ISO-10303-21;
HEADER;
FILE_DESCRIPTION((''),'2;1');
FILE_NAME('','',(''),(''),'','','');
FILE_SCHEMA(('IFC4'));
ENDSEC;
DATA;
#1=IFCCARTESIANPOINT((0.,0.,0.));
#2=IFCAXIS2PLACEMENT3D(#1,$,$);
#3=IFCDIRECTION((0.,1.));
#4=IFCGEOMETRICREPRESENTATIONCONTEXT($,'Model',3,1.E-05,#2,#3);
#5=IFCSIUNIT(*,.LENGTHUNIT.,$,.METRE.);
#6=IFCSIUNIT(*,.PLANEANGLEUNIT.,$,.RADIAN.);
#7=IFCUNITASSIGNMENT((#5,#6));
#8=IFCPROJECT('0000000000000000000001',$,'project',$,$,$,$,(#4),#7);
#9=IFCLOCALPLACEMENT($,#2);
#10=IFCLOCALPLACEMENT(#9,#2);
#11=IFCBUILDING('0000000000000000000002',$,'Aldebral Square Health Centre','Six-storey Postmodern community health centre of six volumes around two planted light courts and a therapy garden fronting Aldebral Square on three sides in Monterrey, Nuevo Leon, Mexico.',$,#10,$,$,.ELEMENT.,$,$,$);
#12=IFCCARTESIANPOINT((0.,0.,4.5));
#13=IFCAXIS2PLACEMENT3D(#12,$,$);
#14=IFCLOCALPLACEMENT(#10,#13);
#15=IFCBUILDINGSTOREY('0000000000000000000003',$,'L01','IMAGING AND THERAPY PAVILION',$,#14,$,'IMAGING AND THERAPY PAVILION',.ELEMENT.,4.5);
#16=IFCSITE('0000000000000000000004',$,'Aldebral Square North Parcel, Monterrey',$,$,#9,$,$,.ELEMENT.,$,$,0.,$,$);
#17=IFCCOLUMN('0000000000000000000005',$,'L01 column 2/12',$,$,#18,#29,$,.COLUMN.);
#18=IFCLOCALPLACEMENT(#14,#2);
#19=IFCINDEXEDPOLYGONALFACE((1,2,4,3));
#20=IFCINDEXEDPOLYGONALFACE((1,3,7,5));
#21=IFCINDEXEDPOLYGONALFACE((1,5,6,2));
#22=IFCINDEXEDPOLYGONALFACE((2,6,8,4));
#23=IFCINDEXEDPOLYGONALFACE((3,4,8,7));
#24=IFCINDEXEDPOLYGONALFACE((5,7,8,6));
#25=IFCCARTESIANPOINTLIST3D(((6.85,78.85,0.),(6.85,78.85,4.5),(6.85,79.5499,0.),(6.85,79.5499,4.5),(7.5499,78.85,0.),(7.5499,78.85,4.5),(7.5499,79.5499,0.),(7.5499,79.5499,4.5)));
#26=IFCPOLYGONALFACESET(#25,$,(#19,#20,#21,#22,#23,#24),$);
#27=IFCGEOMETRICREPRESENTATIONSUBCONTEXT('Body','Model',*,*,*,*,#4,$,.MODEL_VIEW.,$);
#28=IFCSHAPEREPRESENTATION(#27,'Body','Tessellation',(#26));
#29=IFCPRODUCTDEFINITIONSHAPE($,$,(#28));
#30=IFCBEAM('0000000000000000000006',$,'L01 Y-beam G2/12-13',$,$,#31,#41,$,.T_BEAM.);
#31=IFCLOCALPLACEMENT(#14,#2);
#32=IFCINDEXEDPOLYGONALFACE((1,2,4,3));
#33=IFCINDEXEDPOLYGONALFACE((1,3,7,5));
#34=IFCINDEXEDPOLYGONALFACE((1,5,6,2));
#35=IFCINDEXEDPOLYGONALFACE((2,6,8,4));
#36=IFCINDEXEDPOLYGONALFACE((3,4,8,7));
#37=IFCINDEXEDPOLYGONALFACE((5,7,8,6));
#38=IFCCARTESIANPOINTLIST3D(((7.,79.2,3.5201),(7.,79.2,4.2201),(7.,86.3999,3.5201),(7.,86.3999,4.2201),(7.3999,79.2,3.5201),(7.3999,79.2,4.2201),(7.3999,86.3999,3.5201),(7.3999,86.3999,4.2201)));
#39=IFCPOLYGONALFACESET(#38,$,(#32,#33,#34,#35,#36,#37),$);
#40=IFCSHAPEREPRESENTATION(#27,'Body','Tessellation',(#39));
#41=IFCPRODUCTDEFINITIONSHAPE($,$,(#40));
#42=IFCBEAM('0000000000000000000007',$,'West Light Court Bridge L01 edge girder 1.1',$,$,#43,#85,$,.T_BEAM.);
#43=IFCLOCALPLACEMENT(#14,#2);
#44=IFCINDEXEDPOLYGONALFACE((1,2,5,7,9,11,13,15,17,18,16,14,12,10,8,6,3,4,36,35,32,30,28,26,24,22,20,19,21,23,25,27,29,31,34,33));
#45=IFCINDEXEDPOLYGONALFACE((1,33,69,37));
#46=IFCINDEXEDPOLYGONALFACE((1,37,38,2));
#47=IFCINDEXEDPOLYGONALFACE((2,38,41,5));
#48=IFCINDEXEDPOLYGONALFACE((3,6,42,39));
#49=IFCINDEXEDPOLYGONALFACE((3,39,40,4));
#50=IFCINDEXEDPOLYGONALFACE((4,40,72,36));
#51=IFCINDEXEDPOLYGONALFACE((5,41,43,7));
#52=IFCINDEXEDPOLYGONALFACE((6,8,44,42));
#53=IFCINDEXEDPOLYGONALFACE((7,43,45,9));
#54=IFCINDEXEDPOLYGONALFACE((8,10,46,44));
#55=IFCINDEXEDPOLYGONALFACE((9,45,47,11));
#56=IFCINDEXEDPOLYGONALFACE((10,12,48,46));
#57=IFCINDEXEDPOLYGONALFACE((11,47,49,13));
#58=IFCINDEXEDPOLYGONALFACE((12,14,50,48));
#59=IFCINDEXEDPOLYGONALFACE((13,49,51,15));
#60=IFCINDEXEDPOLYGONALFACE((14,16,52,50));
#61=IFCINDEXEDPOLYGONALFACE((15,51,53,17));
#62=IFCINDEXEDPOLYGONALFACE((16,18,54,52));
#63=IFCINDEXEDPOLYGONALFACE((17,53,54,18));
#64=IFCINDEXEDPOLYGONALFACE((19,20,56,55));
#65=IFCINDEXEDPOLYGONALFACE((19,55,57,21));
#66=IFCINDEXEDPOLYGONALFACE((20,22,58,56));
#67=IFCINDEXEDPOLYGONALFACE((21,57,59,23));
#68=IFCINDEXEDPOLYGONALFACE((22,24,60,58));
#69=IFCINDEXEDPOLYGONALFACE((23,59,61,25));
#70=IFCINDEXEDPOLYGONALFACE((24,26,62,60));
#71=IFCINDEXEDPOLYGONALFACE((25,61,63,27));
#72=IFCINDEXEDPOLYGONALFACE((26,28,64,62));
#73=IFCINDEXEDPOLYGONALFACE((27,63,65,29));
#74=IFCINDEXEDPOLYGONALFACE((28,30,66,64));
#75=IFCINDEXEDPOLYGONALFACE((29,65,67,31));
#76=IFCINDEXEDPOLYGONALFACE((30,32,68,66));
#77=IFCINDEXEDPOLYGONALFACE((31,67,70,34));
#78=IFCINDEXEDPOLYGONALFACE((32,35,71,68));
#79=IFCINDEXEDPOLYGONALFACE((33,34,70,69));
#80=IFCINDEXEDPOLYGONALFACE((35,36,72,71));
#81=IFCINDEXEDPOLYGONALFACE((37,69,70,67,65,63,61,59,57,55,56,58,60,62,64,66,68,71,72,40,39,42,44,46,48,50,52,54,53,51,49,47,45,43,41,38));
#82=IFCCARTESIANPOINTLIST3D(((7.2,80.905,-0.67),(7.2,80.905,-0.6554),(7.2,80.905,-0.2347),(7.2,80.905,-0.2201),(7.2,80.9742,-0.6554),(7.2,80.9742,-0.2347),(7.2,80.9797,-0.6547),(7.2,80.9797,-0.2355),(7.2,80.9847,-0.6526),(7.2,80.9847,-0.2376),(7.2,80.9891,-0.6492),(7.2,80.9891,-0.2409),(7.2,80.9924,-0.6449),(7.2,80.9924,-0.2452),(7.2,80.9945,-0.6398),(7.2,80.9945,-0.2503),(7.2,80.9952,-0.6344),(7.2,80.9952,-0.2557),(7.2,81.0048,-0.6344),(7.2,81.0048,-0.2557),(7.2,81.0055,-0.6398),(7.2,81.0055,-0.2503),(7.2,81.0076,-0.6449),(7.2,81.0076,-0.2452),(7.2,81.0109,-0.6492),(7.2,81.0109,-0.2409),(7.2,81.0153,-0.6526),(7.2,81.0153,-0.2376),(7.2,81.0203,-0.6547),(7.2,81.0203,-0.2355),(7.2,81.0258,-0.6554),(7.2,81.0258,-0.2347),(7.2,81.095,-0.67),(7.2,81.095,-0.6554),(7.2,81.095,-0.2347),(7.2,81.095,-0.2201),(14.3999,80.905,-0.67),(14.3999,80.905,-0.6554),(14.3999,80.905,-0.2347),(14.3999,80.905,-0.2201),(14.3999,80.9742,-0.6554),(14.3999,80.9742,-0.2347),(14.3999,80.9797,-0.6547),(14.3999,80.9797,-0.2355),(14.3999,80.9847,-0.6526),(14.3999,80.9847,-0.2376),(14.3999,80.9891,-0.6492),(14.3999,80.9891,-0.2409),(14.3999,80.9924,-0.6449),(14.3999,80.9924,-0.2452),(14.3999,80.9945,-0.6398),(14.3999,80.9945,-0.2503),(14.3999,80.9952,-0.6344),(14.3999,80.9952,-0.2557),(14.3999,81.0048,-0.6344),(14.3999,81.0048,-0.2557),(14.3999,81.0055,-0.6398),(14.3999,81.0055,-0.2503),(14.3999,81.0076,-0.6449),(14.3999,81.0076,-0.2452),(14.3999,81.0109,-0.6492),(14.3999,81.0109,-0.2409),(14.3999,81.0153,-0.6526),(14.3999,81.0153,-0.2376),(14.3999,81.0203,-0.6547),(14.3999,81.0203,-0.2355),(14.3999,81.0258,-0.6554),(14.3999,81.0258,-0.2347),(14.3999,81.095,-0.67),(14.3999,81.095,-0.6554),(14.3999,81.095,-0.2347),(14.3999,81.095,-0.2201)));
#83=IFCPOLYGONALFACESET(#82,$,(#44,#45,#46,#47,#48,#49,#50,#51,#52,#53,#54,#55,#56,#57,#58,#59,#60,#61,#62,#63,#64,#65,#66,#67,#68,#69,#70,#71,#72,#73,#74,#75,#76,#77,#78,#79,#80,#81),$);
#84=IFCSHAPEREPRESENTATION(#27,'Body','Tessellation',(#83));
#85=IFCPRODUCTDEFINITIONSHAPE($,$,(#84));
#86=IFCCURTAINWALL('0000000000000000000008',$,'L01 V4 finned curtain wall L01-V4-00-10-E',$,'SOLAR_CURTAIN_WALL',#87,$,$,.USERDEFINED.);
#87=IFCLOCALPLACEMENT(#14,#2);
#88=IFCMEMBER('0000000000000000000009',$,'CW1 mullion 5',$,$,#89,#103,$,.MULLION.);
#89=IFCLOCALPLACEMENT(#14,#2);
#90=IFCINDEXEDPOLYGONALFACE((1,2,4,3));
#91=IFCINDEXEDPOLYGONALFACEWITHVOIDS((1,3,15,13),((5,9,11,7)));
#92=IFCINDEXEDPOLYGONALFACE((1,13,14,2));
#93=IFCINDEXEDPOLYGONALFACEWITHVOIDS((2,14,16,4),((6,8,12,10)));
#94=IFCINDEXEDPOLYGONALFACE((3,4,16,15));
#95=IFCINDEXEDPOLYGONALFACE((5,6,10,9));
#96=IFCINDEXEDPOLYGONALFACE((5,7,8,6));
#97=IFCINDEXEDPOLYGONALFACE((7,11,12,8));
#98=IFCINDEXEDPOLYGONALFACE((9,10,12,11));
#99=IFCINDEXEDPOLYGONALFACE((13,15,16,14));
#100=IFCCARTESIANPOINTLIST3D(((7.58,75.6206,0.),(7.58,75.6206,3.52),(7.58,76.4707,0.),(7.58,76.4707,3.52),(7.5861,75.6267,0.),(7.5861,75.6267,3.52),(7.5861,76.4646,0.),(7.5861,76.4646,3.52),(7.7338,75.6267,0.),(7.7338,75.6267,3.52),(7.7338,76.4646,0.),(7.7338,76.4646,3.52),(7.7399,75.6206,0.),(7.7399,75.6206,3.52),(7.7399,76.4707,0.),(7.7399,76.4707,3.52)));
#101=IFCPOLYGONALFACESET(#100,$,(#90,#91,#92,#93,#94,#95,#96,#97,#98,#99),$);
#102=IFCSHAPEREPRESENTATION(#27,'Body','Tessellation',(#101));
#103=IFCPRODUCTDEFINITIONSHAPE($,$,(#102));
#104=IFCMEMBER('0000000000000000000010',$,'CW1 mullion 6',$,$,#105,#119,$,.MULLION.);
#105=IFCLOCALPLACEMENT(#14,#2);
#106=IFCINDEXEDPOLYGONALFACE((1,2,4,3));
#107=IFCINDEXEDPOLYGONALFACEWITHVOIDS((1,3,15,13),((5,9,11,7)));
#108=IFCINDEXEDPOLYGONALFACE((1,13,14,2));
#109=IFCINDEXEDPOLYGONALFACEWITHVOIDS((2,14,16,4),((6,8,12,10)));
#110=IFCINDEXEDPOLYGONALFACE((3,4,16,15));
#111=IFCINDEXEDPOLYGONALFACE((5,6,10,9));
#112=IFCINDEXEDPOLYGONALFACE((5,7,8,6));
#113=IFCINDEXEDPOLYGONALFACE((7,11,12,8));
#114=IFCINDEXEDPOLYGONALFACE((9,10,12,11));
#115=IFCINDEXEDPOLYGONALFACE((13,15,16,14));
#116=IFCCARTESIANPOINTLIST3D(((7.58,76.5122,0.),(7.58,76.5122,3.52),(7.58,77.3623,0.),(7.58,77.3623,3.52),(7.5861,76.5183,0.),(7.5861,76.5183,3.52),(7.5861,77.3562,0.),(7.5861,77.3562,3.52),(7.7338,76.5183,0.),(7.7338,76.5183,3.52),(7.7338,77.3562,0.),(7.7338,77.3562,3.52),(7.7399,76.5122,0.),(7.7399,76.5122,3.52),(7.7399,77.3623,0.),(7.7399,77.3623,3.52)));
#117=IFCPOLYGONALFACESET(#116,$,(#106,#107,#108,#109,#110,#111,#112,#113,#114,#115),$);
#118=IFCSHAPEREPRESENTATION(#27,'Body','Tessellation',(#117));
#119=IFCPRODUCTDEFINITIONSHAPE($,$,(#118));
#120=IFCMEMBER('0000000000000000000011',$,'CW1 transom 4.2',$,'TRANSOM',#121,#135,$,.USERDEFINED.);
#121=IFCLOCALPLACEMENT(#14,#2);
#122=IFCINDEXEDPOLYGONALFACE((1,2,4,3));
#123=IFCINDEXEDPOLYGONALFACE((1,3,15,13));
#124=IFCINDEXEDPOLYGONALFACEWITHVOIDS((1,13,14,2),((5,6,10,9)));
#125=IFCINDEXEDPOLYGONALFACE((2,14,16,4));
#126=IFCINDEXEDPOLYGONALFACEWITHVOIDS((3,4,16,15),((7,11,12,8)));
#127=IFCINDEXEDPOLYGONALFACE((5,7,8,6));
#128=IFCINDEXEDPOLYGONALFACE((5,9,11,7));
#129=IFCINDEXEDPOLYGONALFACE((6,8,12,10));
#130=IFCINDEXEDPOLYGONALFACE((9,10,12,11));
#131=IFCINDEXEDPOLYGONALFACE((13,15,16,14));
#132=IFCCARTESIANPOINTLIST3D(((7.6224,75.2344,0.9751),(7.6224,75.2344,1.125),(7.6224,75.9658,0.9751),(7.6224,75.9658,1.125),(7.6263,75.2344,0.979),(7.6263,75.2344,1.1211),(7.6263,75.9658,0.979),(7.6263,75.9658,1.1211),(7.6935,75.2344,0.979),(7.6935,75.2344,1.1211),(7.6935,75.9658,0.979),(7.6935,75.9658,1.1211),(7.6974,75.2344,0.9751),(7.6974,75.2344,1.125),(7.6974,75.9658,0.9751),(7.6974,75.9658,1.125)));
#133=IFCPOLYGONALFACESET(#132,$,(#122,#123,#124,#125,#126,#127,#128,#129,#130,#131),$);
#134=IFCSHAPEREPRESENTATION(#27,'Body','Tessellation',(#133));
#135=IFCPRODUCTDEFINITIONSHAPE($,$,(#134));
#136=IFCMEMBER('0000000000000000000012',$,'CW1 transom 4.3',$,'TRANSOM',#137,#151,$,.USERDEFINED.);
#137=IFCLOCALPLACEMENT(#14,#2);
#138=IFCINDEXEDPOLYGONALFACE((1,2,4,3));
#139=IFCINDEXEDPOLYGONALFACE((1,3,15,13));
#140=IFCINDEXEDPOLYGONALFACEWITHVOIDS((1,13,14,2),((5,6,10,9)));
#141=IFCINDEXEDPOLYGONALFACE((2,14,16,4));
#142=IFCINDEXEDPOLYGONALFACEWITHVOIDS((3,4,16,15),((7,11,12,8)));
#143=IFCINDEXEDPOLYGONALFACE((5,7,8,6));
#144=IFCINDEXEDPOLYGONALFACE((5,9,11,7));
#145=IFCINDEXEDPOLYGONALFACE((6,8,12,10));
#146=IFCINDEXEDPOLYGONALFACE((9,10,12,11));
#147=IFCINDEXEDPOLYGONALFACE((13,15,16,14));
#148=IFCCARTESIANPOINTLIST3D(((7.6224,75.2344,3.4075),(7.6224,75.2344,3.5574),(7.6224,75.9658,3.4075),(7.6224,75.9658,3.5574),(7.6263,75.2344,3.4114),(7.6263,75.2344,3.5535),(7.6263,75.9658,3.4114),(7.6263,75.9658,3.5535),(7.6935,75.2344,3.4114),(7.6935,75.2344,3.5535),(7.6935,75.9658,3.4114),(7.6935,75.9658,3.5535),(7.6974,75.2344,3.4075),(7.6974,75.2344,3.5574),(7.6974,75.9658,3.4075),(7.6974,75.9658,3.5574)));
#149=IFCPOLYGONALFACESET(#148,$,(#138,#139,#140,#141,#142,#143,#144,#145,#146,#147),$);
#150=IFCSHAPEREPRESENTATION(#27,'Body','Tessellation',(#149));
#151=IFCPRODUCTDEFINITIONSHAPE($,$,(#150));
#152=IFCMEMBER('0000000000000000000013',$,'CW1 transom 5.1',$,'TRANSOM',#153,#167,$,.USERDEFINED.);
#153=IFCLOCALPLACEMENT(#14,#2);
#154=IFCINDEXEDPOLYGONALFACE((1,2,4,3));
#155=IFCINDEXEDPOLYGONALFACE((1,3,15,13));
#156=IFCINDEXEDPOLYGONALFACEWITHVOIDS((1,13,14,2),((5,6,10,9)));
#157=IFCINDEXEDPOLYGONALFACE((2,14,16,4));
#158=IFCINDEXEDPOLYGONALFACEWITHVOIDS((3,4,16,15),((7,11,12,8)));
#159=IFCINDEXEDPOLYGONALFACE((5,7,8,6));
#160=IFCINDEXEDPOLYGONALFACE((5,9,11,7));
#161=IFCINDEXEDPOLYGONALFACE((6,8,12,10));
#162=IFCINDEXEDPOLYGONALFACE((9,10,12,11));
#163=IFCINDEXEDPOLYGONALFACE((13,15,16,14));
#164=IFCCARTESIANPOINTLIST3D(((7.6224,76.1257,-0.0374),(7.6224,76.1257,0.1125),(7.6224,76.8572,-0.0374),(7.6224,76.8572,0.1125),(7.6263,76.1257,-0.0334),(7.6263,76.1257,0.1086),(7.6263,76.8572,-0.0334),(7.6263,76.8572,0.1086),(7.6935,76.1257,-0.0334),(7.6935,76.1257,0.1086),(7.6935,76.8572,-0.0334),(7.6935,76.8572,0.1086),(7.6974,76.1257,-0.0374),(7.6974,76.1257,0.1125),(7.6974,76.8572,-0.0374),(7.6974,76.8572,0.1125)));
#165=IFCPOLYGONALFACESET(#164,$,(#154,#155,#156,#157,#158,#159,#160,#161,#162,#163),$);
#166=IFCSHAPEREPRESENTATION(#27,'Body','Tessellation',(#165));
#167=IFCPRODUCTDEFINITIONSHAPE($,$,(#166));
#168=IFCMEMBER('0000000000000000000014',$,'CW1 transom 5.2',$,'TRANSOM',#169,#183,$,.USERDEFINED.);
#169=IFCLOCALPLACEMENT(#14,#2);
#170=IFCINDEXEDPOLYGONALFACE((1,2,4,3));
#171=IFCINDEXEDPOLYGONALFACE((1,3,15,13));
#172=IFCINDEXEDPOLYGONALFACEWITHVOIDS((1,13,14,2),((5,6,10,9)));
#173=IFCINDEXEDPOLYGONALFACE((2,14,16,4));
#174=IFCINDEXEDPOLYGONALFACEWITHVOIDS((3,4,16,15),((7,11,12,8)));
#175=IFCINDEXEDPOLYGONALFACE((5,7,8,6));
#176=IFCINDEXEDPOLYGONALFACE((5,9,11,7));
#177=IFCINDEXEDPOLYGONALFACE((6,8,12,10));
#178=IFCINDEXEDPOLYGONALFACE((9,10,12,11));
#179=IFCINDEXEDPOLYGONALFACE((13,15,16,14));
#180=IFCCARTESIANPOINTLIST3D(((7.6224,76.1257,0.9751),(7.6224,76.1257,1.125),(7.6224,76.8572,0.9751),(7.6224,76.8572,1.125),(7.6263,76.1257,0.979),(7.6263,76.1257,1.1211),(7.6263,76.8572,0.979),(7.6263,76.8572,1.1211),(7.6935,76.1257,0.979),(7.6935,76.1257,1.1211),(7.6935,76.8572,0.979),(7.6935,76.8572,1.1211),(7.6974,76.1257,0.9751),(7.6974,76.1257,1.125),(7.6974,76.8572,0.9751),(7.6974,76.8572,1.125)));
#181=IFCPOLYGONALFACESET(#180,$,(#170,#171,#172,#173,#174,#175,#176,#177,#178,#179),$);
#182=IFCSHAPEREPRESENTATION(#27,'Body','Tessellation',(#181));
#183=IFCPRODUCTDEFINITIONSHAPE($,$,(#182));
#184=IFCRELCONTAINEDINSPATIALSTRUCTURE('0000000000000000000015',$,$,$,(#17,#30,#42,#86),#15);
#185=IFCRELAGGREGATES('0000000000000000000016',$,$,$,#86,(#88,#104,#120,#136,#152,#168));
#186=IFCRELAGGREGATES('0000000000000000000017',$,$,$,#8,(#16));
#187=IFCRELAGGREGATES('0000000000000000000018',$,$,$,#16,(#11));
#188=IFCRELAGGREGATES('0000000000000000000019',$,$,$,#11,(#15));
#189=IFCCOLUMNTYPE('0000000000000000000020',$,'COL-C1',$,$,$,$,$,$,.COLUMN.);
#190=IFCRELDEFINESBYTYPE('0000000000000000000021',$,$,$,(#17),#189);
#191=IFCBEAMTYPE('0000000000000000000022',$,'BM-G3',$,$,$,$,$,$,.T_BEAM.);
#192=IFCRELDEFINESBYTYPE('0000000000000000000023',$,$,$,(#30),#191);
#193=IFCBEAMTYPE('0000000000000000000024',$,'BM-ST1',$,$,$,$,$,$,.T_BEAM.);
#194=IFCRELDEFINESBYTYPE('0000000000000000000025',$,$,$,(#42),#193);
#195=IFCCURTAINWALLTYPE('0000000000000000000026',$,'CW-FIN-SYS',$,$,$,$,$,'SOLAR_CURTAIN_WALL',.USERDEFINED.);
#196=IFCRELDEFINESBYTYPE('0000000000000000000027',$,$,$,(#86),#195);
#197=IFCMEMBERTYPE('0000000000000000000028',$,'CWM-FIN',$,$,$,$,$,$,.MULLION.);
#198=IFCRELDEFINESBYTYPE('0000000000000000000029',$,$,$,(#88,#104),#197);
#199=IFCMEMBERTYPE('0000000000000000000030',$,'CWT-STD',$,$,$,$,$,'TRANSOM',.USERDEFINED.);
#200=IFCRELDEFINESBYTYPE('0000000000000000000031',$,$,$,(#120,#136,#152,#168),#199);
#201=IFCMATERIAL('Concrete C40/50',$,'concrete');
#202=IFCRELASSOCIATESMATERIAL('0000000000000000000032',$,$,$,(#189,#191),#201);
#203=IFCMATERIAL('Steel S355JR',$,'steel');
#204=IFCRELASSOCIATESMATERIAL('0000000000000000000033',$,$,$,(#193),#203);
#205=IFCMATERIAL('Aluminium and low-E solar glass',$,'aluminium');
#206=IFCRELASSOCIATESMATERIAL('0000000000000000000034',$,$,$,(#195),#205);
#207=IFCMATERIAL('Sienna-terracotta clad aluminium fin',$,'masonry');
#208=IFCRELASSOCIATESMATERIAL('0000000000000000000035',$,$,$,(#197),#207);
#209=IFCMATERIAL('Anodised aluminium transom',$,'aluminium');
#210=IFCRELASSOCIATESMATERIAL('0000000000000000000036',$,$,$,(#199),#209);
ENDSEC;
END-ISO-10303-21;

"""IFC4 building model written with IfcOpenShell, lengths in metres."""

from ifc_helpers import new_model, si_unit, direction, frame, origin, origin_2d, place, context, subcontext, project, spatial, rectangle, hollow_rectangle, i_section, extrude, material, material_profile, profile_set, type_object, element, aggregate, save


model = new_model("IFC4")

# Units and contexts
model_context = context("Model", 3, precision=1e-05, world=origin(), true_north=direction((0.0, 1.0)))
body_context = subcontext(model_context, "Body", "Model", "MODEL_VIEW")
ifc_project = project(units=[si_unit("LENGTHUNIT", "METRE"), si_unit("PLANEANGLEUNIT", "RADIAN")], contexts=[model_context])

# Site, building, storey
site_placement = place(None, origin())
site = spatial("IfcSite", under=ifc_project, at=site_placement, Name="Aldebral Square North Parcel, Monterrey", CompositionType="ELEMENT", RefElevation=0.0)
building_placement = place(site_placement, origin())
building = spatial("IfcBuilding", under=site, at=building_placement, Name="Aldebral Square Health Centre", Description="Six-storey Postmodern community health centre of six volumes around two planted light courts and a therapy garden fronting Aldebral Square on three sides in Monterrey, Nuevo Leon, Mexico.", CompositionType="ELEMENT")
storey_placement = place(building_placement, frame((0.0, 0.0, 4.5)))
storey = spatial("IfcBuildingStorey", under=building, at=storey_placement, Name="L01", Description="IMAGING AND THERAPY PAVILION", LongName="IMAGING AND THERAPY PAVILION", CompositionType="ELEMENT", Elevation=4.5)

# Column
ifc_material_1 = material(Name="Concrete C40/50", Category="concrete")
ifc_material_profile_1 = material_profile(ifc_material_1, rectangle(XDim=0.7, YDim=0.7, at=origin_2d()), Name="RC 700x700")
ifc_profile_set_1 = profile_set([ifc_material_profile_1], Name="Concrete C40/50")
column_type = type_object("IfcColumnType", Name="COL-C1", PredefinedType="COLUMN", material=ifc_profile_set_1)
column_placement = place(storey_placement, frame((7.2, 79.2, 0.0), z_axis=(0.0, 0.0, 1.0), x_axis=(1.0, 0.0, 0.0)))
element("IfcColumn", 1, at=column_placement, inside=storey, type_object=column_type, Name="L01 column 2/12", PredefinedType="COLUMN", context=body_context, shape_type="SweptSolid", body=[
    extrude(rectangle(XDim=0.7, YDim=0.7, at=origin_2d()), origin(), (0.0, 0.0, 1.0), 4.5),
])

# Beams
ifc_material_profile_2 = material_profile(ifc_material_1, rectangle(XDim=0.3999, YDim=0.7, at=origin_2d()), Name="RC 400x700")
ifc_profile_set_2 = profile_set([ifc_material_profile_2], Name="Concrete C40/50")
beam_type_1 = type_object("IfcBeamType", Name="BM-G3", PredefinedType="T_BEAM", material=ifc_profile_set_2)
beam_1_placement = place(storey_placement, frame((7.2, 79.2, 3.8701), z_axis=(0.0, 1.0, 0.0), x_axis=(-1.0, 0.0, 0.0)))
element("IfcBeam", 2, at=beam_1_placement, inside=storey, type_object=beam_type_1, Name="L01 Y-beam G2/12-13", PredefinedType="T_BEAM", context=body_context, shape_type="SweptSolid", body=[
    extrude(rectangle(XDim=0.3999, YDim=0.7, at=origin_2d()), origin(), (0.0, 0.0, 1.0), 7.2),
])
ifc_material_2 = material(Name="Steel S355JR", Category="steel")
ifc_material_profile_3 = material_profile(ifc_material_2, i_section(OverallWidth=0.1899, OverallDepth=0.45, WebThickness=0.0095, FlangeThickness=0.0146, FilletRadius=0.021, at=origin_2d()), Name="IPE 450")
ifc_profile_set_3 = profile_set([ifc_material_profile_3], Name="Steel S355JR")
beam_type_2 = type_object("IfcBeamType", Name="BM-ST1", PredefinedType="T_BEAM", material=ifc_profile_set_3)
beam_2_placement = place(storey_placement, frame((7.2, 81.0, -0.4451), z_axis=(1.0, 0.0, 0.0), x_axis=(0.0, 1.0, 0.0)))
element("IfcBeam", 3, at=beam_2_placement, inside=storey, type_object=beam_type_2, Name="West Light Court Bridge L01 edge girder 1.1", PredefinedType="T_BEAM", context=body_context, shape_type="SweptSolid", body=[
    extrude(i_section(OverallWidth=0.1899, OverallDepth=0.45, WebThickness=0.0095, FlangeThickness=0.0146, FilletRadius=0.021, at=origin_2d()), origin(), (0.0, 0.0, 1.0), 7.2),
])

# Curtain wall, members
ifc_material_3 = material(Name="Aluminium and low-E solar glass", Category="aluminium")
curtain_wall_type = type_object("IfcCurtainWallType", Name="CW-FIN-SYS", ElementType="SOLAR_CURTAIN_WALL", PredefinedType="USERDEFINED", material=ifc_material_3)
curtain_wall_placement = place(storey_placement, origin())
curtain_wall = element("IfcCurtainWall", 4, at=curtain_wall_placement, inside=storey, type_object=curtain_wall_type, Name="L01 V4 finned curtain wall L01-V4-00-10-E", ObjectType="SOLAR_CURTAIN_WALL", PredefinedType="USERDEFINED")
ifc_material_4 = material(Name="Sienna-terracotta clad aluminium fin", Category="masonry")
ifc_material_profile_4 = material_profile(ifc_material_4, hollow_rectangle(XDim=0.1599, YDim=0.8501, WallThickness=0.0061, at=origin_2d()), Name="FIN 160x850x6")
ifc_profile_set_4 = profile_set([ifc_material_profile_4], Name="Sienna-terracotta clad aluminium fin")
member_type_1 = type_object("IfcMemberType", Name="CWM-FIN", PredefinedType="MULLION", material=ifc_profile_set_4)
member_1_placement = place(storey_placement, frame((7.6599, 76.0457, 0.0), z_axis=(0.0, 0.0, 1.0), x_axis=(-1.0, 0.0, 0.0)))
member_1 = element("IfcMember", 5, at=member_1_placement, type_object=member_type_1, Name="CW1 mullion 5", PredefinedType="MULLION", context=body_context, shape_type="SweptSolid", body=[
    extrude(hollow_rectangle(XDim=0.1599, YDim=0.8501, WallThickness=0.0061, at=origin_2d()), origin(), (0.0, 0.0, 1.0), 3.52),
])
member_2_placement = place(storey_placement, frame((7.6599, 76.9373, 0.0), z_axis=(0.0, 0.0, 1.0), x_axis=(-1.0, 0.0, 0.0)))
member_2 = element("IfcMember", 6, at=member_2_placement, type_object=member_type_1, Name="CW1 mullion 6", PredefinedType="MULLION", context=body_context, shape_type="SweptSolid", body=[
    extrude(hollow_rectangle(XDim=0.1599, YDim=0.8501, WallThickness=0.0061, at=origin_2d()), origin(), (0.0, 0.0, 1.0), 3.52),
])
ifc_material_5 = material(Name="Anodised aluminium transom", Category="aluminium")
ifc_material_profile_5 = material_profile(ifc_material_5, hollow_rectangle(XDim=0.075, YDim=0.1499, WallThickness=0.0039, at=origin_2d()), Name="CWT 75x150x4")
ifc_profile_set_5 = profile_set([ifc_material_profile_5], Name="Anodised aluminium transom")
member_type_2 = type_object("IfcMemberType", Name="CWT-STD", ElementType="TRANSOM", PredefinedType="USERDEFINED", material=ifc_profile_set_5)
member_3_placement = place(storey_placement, frame((7.6599, 75.2344, 1.05), z_axis=(0.0, 1.0, 0.0), x_axis=(-1.0, 0.0, 0.0)))
member_3 = element("IfcMember", 7, at=member_3_placement, type_object=member_type_2, Name="CW1 transom 4.2", ObjectType="TRANSOM", PredefinedType="USERDEFINED", context=body_context, shape_type="SweptSolid", body=[
    extrude(hollow_rectangle(XDim=0.075, YDim=0.1499, WallThickness=0.0039, at=origin_2d()), origin(), (0.0, 0.0, 1.0), 0.7314),
])
member_4_placement = place(storey_placement, frame((7.6599, 75.2344, 3.4824), z_axis=(0.0, 1.0, 0.0), x_axis=(-1.0, 0.0, 0.0)))
member_4 = element("IfcMember", 8, at=member_4_placement, type_object=member_type_2, Name="CW1 transom 4.3", ObjectType="TRANSOM", PredefinedType="USERDEFINED", context=body_context, shape_type="SweptSolid", body=[
    extrude(hollow_rectangle(XDim=0.075, YDim=0.1499, WallThickness=0.0039, at=origin_2d()), origin(), (0.0, 0.0, 1.0), 0.7314),
])
member_5_placement = place(storey_placement, frame((7.6599, 76.1257, 0.0376), z_axis=(0.0, 1.0, 0.0), x_axis=(-1.0, 0.0, 0.0)))
member_5 = element("IfcMember", 9, at=member_5_placement, type_object=member_type_2, Name="CW1 transom 5.1", ObjectType="TRANSOM", PredefinedType="USERDEFINED", context=body_context, shape_type="SweptSolid", body=[
    extrude(hollow_rectangle(XDim=0.075, YDim=0.1499, WallThickness=0.0039, at=origin_2d()), origin(), (0.0, 0.0, 1.0), 0.7314),
])
member_6_placement = place(storey_placement, frame((7.6599, 76.1257, 1.05), z_axis=(0.0, 1.0, 0.0), x_axis=(-1.0, 0.0, 0.0)))
member_6 = element("IfcMember", 10, at=member_6_placement, type_object=member_type_2, Name="CW1 transom 5.2", ObjectType="TRANSOM", PredefinedType="USERDEFINED", context=body_context, shape_type="SweptSolid", body=[
    extrude(hollow_rectangle(XDim=0.075, YDim=0.1499, WallThickness=0.0039, at=origin_2d()), origin(), (0.0, 0.0, 1.0), 0.7314),
])

aggregate(curtain_wall, [member_1, member_2, member_3, member_4, member_5, member_6])

save(model, "model.ifc")
